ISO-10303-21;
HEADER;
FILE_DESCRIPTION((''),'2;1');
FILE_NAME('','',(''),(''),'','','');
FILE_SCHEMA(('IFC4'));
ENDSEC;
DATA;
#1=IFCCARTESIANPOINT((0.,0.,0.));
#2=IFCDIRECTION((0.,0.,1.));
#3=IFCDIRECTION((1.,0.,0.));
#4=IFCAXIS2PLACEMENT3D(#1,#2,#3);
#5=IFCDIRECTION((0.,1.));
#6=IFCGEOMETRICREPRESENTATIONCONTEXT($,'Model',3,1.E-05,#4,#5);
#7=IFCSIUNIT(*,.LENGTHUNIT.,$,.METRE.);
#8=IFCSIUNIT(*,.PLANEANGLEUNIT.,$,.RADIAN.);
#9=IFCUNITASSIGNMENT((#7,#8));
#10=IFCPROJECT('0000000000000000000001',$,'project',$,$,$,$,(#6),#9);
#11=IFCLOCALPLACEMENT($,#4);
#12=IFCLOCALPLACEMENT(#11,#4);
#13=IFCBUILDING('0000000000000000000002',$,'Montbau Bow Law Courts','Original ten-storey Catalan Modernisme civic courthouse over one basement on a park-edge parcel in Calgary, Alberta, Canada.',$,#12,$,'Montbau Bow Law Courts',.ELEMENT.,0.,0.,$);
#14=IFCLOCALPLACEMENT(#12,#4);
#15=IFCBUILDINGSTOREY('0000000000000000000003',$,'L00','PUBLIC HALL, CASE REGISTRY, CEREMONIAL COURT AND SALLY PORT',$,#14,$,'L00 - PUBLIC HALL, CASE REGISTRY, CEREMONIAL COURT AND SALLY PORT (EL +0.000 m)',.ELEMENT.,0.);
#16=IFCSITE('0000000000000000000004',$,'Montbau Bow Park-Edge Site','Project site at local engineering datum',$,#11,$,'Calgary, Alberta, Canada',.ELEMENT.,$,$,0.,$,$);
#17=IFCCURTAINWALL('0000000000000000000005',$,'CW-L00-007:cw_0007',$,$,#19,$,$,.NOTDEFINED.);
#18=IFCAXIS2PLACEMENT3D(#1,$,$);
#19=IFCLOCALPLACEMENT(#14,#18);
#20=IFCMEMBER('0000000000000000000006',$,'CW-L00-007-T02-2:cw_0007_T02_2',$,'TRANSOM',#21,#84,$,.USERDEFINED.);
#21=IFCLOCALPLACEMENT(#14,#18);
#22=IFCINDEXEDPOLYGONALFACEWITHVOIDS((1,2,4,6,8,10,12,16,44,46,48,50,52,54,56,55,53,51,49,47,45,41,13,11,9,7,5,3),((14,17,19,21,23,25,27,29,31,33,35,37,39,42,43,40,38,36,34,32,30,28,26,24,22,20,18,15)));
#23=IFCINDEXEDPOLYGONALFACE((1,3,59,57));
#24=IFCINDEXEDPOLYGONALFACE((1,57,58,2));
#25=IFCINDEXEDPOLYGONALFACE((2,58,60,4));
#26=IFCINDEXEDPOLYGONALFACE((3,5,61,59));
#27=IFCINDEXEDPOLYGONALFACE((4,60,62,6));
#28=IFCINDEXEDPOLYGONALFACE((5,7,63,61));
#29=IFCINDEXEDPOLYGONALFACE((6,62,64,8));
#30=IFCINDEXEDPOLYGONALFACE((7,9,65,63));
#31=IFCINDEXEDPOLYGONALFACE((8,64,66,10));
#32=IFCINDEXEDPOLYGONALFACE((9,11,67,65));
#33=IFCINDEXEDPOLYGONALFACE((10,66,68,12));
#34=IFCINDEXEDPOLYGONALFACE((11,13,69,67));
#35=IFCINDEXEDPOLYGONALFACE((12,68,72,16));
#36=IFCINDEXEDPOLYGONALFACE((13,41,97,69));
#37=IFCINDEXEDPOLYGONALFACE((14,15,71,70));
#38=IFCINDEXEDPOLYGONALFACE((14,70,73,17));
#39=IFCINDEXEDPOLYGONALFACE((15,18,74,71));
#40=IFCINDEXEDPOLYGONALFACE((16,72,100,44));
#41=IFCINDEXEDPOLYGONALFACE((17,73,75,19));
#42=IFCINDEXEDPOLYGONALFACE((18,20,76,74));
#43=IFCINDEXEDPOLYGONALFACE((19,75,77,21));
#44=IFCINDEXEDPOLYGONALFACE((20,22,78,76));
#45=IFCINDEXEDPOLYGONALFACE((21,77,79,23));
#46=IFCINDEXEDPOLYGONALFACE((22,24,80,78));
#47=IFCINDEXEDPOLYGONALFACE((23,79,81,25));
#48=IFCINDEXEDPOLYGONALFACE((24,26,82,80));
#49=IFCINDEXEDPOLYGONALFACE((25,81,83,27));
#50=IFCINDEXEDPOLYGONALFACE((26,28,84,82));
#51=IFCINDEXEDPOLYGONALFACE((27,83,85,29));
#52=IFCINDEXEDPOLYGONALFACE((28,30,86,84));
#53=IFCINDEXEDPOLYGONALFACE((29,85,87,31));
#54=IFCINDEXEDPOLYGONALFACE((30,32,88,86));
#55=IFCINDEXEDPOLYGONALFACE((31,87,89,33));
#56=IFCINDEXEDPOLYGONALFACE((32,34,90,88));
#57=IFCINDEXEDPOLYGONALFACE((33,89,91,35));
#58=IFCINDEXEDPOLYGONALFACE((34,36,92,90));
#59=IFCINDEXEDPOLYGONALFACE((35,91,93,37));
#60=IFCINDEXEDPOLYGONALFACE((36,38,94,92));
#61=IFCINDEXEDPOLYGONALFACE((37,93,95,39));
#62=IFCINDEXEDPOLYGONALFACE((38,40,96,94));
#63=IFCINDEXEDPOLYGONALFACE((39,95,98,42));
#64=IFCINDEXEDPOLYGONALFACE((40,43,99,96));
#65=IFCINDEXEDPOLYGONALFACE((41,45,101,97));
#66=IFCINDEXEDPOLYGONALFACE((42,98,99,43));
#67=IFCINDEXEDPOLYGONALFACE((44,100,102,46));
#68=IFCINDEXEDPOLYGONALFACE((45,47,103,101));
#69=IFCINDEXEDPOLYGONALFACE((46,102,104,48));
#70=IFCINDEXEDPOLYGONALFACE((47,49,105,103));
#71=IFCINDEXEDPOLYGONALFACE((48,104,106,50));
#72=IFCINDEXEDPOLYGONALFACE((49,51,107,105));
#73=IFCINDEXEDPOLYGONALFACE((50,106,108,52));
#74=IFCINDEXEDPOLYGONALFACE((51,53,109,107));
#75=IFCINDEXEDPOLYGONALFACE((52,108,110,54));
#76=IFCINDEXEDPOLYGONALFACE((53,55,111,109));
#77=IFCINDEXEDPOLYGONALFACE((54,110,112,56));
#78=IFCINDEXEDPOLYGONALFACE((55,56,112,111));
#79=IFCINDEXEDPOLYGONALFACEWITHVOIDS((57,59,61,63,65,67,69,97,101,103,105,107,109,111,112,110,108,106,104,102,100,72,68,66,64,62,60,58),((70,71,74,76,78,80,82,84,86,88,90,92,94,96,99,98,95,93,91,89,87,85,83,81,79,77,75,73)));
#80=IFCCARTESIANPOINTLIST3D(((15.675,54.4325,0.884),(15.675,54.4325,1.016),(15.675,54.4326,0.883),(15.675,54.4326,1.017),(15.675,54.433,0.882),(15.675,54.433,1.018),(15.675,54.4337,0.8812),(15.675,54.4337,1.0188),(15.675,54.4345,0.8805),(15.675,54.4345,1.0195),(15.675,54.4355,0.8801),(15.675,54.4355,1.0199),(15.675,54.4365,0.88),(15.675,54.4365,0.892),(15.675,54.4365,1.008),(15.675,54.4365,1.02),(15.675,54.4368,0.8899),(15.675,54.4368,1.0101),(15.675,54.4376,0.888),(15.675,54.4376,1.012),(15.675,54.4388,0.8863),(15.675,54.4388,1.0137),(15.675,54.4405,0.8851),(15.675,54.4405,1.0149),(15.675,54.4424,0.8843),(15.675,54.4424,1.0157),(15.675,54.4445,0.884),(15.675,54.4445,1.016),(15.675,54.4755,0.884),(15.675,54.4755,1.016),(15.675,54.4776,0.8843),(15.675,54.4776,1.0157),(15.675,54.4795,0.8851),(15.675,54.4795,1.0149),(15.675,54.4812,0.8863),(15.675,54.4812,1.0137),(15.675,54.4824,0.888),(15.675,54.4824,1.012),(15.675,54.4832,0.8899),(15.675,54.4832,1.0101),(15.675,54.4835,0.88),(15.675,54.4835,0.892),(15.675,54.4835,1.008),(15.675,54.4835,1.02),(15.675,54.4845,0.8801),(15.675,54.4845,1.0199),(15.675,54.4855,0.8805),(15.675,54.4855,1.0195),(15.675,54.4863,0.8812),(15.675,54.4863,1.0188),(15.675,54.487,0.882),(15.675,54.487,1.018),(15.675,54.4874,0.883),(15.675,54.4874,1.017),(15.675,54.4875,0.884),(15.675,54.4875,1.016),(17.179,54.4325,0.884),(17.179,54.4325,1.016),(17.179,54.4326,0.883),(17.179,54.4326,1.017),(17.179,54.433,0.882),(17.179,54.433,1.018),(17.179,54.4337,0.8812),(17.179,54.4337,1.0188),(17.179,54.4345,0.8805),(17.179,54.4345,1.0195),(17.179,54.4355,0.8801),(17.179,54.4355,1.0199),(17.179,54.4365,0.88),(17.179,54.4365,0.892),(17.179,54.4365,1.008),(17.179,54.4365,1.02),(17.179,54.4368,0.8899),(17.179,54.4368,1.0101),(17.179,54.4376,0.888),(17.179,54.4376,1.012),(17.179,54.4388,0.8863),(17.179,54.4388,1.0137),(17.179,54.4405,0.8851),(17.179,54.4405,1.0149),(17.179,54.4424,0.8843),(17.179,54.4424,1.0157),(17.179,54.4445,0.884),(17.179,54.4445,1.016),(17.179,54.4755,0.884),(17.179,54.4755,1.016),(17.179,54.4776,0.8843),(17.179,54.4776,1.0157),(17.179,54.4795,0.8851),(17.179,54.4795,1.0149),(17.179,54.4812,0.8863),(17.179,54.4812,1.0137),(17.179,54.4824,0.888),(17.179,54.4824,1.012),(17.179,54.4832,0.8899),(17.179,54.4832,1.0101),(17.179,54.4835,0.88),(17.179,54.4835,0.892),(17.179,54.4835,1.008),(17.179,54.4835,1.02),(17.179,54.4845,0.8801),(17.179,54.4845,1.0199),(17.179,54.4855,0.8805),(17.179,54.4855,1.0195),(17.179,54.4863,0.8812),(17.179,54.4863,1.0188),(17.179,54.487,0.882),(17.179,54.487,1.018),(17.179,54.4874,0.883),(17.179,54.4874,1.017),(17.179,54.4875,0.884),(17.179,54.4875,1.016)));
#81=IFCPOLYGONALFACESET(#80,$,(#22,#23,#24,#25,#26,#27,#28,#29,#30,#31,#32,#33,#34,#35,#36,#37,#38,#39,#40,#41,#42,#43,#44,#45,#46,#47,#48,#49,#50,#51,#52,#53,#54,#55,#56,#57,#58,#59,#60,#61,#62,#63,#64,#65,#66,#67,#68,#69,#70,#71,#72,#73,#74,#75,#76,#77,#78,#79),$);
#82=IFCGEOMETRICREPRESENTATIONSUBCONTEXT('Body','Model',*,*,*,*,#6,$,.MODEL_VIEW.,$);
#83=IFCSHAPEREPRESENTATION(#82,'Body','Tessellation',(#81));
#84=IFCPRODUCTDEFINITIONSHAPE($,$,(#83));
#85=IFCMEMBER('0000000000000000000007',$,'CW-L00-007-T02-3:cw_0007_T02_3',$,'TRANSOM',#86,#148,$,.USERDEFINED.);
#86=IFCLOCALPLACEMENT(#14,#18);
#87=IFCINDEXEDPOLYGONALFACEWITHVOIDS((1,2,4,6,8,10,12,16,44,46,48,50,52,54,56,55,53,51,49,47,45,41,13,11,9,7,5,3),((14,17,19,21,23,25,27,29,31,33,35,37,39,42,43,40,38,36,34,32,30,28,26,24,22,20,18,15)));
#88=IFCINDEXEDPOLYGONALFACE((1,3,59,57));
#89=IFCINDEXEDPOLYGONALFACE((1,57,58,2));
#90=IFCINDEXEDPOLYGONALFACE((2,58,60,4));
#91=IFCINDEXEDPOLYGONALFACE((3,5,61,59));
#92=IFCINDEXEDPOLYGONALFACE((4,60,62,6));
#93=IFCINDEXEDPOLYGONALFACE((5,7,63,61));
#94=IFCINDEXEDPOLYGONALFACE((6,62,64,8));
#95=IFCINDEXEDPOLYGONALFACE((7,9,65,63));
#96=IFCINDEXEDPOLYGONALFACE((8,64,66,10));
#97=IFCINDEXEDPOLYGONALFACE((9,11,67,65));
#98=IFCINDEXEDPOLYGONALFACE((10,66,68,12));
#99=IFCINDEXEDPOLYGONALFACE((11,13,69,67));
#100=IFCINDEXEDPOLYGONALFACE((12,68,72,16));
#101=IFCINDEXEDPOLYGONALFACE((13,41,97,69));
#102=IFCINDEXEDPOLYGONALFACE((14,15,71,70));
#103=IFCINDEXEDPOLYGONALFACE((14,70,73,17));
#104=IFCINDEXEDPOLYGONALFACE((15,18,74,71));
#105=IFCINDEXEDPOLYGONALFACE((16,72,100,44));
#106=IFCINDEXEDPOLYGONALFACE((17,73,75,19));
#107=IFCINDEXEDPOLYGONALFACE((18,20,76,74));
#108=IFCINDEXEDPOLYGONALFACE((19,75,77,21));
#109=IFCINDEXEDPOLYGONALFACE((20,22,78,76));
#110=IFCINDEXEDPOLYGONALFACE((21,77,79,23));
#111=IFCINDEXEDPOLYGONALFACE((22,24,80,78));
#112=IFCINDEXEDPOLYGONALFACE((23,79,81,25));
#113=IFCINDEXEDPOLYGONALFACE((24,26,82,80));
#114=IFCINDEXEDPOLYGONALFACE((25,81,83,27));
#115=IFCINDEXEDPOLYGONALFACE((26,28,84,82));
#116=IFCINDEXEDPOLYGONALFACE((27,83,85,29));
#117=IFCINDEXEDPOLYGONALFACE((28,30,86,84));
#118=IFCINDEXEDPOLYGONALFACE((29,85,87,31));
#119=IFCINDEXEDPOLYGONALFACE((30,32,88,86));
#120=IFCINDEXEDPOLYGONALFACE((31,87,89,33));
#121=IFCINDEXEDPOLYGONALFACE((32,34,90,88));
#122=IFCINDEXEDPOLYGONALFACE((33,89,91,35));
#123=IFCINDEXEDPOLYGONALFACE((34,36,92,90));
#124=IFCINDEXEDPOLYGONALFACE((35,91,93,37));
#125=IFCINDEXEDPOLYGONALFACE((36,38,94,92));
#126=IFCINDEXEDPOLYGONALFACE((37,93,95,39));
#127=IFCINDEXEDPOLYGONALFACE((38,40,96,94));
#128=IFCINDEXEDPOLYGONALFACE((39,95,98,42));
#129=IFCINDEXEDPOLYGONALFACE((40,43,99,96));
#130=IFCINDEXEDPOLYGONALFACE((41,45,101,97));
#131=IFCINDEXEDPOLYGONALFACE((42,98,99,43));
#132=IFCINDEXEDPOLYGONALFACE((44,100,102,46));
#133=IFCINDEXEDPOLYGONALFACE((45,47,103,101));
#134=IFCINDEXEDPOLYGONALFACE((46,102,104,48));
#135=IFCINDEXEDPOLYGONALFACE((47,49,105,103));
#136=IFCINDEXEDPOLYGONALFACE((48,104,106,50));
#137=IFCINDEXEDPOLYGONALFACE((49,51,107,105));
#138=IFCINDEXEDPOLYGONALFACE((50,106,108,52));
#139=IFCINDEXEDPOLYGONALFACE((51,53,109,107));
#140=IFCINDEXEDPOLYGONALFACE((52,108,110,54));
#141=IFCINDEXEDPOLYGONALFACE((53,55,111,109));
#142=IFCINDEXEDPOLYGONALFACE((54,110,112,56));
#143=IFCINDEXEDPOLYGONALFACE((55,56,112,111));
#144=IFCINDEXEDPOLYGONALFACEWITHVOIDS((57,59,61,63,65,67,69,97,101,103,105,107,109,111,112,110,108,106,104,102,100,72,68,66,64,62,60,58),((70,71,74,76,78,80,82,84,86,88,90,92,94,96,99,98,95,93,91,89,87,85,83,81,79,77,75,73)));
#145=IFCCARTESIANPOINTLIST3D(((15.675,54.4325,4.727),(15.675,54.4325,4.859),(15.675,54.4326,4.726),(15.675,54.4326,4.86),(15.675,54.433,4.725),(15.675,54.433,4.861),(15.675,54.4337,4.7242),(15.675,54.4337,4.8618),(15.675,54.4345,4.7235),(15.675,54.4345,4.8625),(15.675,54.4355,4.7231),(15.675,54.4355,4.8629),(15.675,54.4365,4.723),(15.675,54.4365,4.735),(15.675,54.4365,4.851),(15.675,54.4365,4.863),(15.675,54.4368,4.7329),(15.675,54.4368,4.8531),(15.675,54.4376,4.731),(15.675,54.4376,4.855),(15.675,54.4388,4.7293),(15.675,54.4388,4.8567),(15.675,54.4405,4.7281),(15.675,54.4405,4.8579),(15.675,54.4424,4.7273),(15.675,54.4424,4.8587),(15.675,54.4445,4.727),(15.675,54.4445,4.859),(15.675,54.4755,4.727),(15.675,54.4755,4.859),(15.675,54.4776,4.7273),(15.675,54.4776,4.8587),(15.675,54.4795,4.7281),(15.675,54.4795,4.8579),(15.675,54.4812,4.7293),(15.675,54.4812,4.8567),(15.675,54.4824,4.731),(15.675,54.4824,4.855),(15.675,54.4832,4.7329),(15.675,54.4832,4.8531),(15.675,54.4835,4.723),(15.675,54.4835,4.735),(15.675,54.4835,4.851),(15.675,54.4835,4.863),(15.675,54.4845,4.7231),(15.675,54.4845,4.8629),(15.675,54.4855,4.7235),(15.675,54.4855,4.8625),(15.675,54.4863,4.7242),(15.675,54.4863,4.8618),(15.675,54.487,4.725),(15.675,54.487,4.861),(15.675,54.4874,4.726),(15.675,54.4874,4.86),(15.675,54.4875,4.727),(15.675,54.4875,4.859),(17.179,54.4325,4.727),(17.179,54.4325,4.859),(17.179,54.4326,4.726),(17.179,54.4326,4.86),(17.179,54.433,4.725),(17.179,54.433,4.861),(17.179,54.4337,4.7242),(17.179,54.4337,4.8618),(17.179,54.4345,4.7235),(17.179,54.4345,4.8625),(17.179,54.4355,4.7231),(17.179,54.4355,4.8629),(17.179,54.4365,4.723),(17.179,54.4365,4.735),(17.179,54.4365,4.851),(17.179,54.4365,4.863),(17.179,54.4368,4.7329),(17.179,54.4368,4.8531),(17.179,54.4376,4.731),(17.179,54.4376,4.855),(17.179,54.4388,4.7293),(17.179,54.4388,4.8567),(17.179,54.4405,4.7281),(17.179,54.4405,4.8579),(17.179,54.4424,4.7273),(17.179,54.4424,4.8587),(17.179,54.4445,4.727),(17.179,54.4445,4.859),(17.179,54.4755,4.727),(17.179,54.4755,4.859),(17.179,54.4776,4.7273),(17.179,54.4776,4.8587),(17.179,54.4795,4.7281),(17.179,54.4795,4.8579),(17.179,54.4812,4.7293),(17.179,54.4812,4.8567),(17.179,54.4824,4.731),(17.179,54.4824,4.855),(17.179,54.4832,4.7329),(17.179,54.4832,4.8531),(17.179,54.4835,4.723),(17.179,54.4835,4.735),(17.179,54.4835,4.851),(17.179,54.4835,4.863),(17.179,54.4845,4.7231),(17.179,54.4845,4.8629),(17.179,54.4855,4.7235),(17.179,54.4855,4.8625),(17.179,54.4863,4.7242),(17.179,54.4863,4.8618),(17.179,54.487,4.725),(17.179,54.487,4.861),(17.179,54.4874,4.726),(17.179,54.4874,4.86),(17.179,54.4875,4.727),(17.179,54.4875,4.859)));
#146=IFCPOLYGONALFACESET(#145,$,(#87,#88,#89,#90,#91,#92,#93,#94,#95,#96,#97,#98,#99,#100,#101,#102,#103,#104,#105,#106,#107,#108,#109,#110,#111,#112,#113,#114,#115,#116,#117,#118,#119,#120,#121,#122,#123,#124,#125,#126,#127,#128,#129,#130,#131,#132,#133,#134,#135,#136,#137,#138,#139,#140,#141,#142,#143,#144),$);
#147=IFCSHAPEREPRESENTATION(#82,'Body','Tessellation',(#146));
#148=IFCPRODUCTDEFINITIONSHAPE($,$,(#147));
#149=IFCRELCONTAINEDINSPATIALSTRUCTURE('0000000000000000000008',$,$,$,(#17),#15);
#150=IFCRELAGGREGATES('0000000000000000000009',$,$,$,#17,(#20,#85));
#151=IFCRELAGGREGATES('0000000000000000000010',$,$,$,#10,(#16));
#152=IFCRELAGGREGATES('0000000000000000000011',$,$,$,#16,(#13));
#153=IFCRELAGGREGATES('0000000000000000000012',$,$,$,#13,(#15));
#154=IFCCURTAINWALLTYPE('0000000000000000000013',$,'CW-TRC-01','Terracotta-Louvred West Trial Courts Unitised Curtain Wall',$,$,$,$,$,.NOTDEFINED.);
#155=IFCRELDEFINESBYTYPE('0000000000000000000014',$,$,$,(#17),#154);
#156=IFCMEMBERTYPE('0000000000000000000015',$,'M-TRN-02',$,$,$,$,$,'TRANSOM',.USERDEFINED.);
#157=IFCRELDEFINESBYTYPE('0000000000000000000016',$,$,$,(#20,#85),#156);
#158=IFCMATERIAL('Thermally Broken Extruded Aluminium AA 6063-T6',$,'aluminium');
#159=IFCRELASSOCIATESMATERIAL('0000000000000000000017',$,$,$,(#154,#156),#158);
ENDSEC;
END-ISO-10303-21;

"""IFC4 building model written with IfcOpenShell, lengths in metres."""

from ifc_helpers import new_model, si_unit, direction, frame, origin_with_axes, origin_2d_with_axis, place, context, subcontext, project, spatial, hollow_rectangle, extrude, material, material_profile, profile_set, type_object, element, aggregate, save


model = new_model("IFC4")

# Units and contexts
model_context = context("Model", 3, precision=1e-05, world=origin_with_axes(), true_north=direction((0.0, 1.0)))
body_context = subcontext(model_context, "Body", "Model", "MODEL_VIEW")
ifc_project = project(units=[si_unit("LENGTHUNIT", "METRE"), si_unit("PLANEANGLEUNIT", "RADIAN")], contexts=[model_context])

# Site, building, storey
site_placement = place(None, origin_with_axes())
site = spatial("IfcSite", under=ifc_project, at=site_placement, Name="Montbau Bow Park-Edge Site", Description="Project site at local engineering datum", LongName="Calgary, Alberta, Canada", CompositionType="ELEMENT", RefElevation=0.0)
building_placement = place(site_placement, origin_with_axes())
building = spatial("IfcBuilding", under=site, at=building_placement, Name="Montbau Bow Law Courts", Description="Original ten-storey Catalan Modernisme civic courthouse over one basement on a park-edge parcel in Calgary, Alberta, Canada.", LongName="Montbau Bow Law Courts", CompositionType="ELEMENT", ElevationOfRefHeight=0.0, ElevationOfTerrain=0.0)
storey_placement = place(building_placement, origin_with_axes())
storey = spatial("IfcBuildingStorey", under=building, at=storey_placement, Name="L00", Description="PUBLIC HALL, CASE REGISTRY, CEREMONIAL COURT AND SALLY PORT", LongName="L00 - PUBLIC HALL, CASE REGISTRY, CEREMONIAL COURT AND SALLY PORT (EL +0.000 m)", CompositionType="ELEMENT", Elevation=0.0)

# Curtain wall
ifc_material_1 = material(Name="Thermally Broken Extruded Aluminium AA 6063-T6", Category="aluminium")
curtain_wall_type = type_object("IfcCurtainWallType", Name="CW-TRC-01", Description="Terracotta-Louvred West Trial Courts Unitised Curtain Wall", PredefinedType="NOTDEFINED", material=ifc_material_1)
curtain_wall_1_placement = place(None, frame((14.068, 54.46, 0.0), z_axis=(0.0, 0.0, 1.0), x_axis=(1.0, 0.0, 0.0)))
curtain_wall_1 = element("IfcCurtainWall", 1, at=curtain_wall_1_placement, inside=storey, type_object=curtain_wall_type, Name="CW-L00-007:cw_0007", PredefinedType="NOTDEFINED")

# Members
ifc_material_profile_1 = material_profile(ifc_material_1, hollow_rectangle(XDim=0.055, YDim=0.14, WallThickness=0.004, InnerFilletRadius=0.008, OuterFilletRadius=0.004, at=origin_2d_with_axis()), Name="CWT-140X55", Category="Main", Priority=0)
ifc_profile_set_1 = profile_set([ifc_material_profile_1], Name="Thermally Broken Extruded Aluminium AA 6063-T6")
member_type_1 = type_object("IfcMemberType", Name="M-TRN-02", ElementType="TRANSOM", PredefinedType="USERDEFINED", material=ifc_profile_set_1)
member_1_placement = place(None, frame((15.675, 54.46, 0.95), z_axis=(1.0, 0.0, 0.0), x_axis=(0.0, 1.0, 0.0)))
member_1 = element("IfcMember", 2, at=member_1_placement, type_object=member_type_1, Name="CW-L00-007-T02-2:cw_0007_T02_2", ObjectType="TRANSOM", PredefinedType="USERDEFINED", context=body_context, shape_type="SweptSolid", body=[
    extrude(hollow_rectangle(XDim=0.055, YDim=0.14, WallThickness=0.004, InnerFilletRadius=0.008, OuterFilletRadius=0.004, at=origin_2d_with_axis()), origin_with_axes(), (0.0, 0.0, 1.0), 1.504),
])
member_2_placement = place(None, frame((15.675, 54.46, 4.793), z_axis=(1.0, 0.0, 0.0), x_axis=(0.0, 1.0, 0.0)))
member_2 = element("IfcMember", 3, at=member_2_placement, type_object=member_type_1, Name="CW-L00-007-T02-3:cw_0007_T02_3", ObjectType="TRANSOM", PredefinedType="USERDEFINED", context=body_context, shape_type="SweptSolid", body=[
    extrude(hollow_rectangle(XDim=0.055, YDim=0.14, WallThickness=0.004, InnerFilletRadius=0.008, OuterFilletRadius=0.004, at=origin_2d_with_axis()), origin_with_axes(), (0.0, 0.0, 1.0), 1.504),
])

aggregate(curtain_wall_1, [member_1, member_2])

save(model, "model.ifc")
